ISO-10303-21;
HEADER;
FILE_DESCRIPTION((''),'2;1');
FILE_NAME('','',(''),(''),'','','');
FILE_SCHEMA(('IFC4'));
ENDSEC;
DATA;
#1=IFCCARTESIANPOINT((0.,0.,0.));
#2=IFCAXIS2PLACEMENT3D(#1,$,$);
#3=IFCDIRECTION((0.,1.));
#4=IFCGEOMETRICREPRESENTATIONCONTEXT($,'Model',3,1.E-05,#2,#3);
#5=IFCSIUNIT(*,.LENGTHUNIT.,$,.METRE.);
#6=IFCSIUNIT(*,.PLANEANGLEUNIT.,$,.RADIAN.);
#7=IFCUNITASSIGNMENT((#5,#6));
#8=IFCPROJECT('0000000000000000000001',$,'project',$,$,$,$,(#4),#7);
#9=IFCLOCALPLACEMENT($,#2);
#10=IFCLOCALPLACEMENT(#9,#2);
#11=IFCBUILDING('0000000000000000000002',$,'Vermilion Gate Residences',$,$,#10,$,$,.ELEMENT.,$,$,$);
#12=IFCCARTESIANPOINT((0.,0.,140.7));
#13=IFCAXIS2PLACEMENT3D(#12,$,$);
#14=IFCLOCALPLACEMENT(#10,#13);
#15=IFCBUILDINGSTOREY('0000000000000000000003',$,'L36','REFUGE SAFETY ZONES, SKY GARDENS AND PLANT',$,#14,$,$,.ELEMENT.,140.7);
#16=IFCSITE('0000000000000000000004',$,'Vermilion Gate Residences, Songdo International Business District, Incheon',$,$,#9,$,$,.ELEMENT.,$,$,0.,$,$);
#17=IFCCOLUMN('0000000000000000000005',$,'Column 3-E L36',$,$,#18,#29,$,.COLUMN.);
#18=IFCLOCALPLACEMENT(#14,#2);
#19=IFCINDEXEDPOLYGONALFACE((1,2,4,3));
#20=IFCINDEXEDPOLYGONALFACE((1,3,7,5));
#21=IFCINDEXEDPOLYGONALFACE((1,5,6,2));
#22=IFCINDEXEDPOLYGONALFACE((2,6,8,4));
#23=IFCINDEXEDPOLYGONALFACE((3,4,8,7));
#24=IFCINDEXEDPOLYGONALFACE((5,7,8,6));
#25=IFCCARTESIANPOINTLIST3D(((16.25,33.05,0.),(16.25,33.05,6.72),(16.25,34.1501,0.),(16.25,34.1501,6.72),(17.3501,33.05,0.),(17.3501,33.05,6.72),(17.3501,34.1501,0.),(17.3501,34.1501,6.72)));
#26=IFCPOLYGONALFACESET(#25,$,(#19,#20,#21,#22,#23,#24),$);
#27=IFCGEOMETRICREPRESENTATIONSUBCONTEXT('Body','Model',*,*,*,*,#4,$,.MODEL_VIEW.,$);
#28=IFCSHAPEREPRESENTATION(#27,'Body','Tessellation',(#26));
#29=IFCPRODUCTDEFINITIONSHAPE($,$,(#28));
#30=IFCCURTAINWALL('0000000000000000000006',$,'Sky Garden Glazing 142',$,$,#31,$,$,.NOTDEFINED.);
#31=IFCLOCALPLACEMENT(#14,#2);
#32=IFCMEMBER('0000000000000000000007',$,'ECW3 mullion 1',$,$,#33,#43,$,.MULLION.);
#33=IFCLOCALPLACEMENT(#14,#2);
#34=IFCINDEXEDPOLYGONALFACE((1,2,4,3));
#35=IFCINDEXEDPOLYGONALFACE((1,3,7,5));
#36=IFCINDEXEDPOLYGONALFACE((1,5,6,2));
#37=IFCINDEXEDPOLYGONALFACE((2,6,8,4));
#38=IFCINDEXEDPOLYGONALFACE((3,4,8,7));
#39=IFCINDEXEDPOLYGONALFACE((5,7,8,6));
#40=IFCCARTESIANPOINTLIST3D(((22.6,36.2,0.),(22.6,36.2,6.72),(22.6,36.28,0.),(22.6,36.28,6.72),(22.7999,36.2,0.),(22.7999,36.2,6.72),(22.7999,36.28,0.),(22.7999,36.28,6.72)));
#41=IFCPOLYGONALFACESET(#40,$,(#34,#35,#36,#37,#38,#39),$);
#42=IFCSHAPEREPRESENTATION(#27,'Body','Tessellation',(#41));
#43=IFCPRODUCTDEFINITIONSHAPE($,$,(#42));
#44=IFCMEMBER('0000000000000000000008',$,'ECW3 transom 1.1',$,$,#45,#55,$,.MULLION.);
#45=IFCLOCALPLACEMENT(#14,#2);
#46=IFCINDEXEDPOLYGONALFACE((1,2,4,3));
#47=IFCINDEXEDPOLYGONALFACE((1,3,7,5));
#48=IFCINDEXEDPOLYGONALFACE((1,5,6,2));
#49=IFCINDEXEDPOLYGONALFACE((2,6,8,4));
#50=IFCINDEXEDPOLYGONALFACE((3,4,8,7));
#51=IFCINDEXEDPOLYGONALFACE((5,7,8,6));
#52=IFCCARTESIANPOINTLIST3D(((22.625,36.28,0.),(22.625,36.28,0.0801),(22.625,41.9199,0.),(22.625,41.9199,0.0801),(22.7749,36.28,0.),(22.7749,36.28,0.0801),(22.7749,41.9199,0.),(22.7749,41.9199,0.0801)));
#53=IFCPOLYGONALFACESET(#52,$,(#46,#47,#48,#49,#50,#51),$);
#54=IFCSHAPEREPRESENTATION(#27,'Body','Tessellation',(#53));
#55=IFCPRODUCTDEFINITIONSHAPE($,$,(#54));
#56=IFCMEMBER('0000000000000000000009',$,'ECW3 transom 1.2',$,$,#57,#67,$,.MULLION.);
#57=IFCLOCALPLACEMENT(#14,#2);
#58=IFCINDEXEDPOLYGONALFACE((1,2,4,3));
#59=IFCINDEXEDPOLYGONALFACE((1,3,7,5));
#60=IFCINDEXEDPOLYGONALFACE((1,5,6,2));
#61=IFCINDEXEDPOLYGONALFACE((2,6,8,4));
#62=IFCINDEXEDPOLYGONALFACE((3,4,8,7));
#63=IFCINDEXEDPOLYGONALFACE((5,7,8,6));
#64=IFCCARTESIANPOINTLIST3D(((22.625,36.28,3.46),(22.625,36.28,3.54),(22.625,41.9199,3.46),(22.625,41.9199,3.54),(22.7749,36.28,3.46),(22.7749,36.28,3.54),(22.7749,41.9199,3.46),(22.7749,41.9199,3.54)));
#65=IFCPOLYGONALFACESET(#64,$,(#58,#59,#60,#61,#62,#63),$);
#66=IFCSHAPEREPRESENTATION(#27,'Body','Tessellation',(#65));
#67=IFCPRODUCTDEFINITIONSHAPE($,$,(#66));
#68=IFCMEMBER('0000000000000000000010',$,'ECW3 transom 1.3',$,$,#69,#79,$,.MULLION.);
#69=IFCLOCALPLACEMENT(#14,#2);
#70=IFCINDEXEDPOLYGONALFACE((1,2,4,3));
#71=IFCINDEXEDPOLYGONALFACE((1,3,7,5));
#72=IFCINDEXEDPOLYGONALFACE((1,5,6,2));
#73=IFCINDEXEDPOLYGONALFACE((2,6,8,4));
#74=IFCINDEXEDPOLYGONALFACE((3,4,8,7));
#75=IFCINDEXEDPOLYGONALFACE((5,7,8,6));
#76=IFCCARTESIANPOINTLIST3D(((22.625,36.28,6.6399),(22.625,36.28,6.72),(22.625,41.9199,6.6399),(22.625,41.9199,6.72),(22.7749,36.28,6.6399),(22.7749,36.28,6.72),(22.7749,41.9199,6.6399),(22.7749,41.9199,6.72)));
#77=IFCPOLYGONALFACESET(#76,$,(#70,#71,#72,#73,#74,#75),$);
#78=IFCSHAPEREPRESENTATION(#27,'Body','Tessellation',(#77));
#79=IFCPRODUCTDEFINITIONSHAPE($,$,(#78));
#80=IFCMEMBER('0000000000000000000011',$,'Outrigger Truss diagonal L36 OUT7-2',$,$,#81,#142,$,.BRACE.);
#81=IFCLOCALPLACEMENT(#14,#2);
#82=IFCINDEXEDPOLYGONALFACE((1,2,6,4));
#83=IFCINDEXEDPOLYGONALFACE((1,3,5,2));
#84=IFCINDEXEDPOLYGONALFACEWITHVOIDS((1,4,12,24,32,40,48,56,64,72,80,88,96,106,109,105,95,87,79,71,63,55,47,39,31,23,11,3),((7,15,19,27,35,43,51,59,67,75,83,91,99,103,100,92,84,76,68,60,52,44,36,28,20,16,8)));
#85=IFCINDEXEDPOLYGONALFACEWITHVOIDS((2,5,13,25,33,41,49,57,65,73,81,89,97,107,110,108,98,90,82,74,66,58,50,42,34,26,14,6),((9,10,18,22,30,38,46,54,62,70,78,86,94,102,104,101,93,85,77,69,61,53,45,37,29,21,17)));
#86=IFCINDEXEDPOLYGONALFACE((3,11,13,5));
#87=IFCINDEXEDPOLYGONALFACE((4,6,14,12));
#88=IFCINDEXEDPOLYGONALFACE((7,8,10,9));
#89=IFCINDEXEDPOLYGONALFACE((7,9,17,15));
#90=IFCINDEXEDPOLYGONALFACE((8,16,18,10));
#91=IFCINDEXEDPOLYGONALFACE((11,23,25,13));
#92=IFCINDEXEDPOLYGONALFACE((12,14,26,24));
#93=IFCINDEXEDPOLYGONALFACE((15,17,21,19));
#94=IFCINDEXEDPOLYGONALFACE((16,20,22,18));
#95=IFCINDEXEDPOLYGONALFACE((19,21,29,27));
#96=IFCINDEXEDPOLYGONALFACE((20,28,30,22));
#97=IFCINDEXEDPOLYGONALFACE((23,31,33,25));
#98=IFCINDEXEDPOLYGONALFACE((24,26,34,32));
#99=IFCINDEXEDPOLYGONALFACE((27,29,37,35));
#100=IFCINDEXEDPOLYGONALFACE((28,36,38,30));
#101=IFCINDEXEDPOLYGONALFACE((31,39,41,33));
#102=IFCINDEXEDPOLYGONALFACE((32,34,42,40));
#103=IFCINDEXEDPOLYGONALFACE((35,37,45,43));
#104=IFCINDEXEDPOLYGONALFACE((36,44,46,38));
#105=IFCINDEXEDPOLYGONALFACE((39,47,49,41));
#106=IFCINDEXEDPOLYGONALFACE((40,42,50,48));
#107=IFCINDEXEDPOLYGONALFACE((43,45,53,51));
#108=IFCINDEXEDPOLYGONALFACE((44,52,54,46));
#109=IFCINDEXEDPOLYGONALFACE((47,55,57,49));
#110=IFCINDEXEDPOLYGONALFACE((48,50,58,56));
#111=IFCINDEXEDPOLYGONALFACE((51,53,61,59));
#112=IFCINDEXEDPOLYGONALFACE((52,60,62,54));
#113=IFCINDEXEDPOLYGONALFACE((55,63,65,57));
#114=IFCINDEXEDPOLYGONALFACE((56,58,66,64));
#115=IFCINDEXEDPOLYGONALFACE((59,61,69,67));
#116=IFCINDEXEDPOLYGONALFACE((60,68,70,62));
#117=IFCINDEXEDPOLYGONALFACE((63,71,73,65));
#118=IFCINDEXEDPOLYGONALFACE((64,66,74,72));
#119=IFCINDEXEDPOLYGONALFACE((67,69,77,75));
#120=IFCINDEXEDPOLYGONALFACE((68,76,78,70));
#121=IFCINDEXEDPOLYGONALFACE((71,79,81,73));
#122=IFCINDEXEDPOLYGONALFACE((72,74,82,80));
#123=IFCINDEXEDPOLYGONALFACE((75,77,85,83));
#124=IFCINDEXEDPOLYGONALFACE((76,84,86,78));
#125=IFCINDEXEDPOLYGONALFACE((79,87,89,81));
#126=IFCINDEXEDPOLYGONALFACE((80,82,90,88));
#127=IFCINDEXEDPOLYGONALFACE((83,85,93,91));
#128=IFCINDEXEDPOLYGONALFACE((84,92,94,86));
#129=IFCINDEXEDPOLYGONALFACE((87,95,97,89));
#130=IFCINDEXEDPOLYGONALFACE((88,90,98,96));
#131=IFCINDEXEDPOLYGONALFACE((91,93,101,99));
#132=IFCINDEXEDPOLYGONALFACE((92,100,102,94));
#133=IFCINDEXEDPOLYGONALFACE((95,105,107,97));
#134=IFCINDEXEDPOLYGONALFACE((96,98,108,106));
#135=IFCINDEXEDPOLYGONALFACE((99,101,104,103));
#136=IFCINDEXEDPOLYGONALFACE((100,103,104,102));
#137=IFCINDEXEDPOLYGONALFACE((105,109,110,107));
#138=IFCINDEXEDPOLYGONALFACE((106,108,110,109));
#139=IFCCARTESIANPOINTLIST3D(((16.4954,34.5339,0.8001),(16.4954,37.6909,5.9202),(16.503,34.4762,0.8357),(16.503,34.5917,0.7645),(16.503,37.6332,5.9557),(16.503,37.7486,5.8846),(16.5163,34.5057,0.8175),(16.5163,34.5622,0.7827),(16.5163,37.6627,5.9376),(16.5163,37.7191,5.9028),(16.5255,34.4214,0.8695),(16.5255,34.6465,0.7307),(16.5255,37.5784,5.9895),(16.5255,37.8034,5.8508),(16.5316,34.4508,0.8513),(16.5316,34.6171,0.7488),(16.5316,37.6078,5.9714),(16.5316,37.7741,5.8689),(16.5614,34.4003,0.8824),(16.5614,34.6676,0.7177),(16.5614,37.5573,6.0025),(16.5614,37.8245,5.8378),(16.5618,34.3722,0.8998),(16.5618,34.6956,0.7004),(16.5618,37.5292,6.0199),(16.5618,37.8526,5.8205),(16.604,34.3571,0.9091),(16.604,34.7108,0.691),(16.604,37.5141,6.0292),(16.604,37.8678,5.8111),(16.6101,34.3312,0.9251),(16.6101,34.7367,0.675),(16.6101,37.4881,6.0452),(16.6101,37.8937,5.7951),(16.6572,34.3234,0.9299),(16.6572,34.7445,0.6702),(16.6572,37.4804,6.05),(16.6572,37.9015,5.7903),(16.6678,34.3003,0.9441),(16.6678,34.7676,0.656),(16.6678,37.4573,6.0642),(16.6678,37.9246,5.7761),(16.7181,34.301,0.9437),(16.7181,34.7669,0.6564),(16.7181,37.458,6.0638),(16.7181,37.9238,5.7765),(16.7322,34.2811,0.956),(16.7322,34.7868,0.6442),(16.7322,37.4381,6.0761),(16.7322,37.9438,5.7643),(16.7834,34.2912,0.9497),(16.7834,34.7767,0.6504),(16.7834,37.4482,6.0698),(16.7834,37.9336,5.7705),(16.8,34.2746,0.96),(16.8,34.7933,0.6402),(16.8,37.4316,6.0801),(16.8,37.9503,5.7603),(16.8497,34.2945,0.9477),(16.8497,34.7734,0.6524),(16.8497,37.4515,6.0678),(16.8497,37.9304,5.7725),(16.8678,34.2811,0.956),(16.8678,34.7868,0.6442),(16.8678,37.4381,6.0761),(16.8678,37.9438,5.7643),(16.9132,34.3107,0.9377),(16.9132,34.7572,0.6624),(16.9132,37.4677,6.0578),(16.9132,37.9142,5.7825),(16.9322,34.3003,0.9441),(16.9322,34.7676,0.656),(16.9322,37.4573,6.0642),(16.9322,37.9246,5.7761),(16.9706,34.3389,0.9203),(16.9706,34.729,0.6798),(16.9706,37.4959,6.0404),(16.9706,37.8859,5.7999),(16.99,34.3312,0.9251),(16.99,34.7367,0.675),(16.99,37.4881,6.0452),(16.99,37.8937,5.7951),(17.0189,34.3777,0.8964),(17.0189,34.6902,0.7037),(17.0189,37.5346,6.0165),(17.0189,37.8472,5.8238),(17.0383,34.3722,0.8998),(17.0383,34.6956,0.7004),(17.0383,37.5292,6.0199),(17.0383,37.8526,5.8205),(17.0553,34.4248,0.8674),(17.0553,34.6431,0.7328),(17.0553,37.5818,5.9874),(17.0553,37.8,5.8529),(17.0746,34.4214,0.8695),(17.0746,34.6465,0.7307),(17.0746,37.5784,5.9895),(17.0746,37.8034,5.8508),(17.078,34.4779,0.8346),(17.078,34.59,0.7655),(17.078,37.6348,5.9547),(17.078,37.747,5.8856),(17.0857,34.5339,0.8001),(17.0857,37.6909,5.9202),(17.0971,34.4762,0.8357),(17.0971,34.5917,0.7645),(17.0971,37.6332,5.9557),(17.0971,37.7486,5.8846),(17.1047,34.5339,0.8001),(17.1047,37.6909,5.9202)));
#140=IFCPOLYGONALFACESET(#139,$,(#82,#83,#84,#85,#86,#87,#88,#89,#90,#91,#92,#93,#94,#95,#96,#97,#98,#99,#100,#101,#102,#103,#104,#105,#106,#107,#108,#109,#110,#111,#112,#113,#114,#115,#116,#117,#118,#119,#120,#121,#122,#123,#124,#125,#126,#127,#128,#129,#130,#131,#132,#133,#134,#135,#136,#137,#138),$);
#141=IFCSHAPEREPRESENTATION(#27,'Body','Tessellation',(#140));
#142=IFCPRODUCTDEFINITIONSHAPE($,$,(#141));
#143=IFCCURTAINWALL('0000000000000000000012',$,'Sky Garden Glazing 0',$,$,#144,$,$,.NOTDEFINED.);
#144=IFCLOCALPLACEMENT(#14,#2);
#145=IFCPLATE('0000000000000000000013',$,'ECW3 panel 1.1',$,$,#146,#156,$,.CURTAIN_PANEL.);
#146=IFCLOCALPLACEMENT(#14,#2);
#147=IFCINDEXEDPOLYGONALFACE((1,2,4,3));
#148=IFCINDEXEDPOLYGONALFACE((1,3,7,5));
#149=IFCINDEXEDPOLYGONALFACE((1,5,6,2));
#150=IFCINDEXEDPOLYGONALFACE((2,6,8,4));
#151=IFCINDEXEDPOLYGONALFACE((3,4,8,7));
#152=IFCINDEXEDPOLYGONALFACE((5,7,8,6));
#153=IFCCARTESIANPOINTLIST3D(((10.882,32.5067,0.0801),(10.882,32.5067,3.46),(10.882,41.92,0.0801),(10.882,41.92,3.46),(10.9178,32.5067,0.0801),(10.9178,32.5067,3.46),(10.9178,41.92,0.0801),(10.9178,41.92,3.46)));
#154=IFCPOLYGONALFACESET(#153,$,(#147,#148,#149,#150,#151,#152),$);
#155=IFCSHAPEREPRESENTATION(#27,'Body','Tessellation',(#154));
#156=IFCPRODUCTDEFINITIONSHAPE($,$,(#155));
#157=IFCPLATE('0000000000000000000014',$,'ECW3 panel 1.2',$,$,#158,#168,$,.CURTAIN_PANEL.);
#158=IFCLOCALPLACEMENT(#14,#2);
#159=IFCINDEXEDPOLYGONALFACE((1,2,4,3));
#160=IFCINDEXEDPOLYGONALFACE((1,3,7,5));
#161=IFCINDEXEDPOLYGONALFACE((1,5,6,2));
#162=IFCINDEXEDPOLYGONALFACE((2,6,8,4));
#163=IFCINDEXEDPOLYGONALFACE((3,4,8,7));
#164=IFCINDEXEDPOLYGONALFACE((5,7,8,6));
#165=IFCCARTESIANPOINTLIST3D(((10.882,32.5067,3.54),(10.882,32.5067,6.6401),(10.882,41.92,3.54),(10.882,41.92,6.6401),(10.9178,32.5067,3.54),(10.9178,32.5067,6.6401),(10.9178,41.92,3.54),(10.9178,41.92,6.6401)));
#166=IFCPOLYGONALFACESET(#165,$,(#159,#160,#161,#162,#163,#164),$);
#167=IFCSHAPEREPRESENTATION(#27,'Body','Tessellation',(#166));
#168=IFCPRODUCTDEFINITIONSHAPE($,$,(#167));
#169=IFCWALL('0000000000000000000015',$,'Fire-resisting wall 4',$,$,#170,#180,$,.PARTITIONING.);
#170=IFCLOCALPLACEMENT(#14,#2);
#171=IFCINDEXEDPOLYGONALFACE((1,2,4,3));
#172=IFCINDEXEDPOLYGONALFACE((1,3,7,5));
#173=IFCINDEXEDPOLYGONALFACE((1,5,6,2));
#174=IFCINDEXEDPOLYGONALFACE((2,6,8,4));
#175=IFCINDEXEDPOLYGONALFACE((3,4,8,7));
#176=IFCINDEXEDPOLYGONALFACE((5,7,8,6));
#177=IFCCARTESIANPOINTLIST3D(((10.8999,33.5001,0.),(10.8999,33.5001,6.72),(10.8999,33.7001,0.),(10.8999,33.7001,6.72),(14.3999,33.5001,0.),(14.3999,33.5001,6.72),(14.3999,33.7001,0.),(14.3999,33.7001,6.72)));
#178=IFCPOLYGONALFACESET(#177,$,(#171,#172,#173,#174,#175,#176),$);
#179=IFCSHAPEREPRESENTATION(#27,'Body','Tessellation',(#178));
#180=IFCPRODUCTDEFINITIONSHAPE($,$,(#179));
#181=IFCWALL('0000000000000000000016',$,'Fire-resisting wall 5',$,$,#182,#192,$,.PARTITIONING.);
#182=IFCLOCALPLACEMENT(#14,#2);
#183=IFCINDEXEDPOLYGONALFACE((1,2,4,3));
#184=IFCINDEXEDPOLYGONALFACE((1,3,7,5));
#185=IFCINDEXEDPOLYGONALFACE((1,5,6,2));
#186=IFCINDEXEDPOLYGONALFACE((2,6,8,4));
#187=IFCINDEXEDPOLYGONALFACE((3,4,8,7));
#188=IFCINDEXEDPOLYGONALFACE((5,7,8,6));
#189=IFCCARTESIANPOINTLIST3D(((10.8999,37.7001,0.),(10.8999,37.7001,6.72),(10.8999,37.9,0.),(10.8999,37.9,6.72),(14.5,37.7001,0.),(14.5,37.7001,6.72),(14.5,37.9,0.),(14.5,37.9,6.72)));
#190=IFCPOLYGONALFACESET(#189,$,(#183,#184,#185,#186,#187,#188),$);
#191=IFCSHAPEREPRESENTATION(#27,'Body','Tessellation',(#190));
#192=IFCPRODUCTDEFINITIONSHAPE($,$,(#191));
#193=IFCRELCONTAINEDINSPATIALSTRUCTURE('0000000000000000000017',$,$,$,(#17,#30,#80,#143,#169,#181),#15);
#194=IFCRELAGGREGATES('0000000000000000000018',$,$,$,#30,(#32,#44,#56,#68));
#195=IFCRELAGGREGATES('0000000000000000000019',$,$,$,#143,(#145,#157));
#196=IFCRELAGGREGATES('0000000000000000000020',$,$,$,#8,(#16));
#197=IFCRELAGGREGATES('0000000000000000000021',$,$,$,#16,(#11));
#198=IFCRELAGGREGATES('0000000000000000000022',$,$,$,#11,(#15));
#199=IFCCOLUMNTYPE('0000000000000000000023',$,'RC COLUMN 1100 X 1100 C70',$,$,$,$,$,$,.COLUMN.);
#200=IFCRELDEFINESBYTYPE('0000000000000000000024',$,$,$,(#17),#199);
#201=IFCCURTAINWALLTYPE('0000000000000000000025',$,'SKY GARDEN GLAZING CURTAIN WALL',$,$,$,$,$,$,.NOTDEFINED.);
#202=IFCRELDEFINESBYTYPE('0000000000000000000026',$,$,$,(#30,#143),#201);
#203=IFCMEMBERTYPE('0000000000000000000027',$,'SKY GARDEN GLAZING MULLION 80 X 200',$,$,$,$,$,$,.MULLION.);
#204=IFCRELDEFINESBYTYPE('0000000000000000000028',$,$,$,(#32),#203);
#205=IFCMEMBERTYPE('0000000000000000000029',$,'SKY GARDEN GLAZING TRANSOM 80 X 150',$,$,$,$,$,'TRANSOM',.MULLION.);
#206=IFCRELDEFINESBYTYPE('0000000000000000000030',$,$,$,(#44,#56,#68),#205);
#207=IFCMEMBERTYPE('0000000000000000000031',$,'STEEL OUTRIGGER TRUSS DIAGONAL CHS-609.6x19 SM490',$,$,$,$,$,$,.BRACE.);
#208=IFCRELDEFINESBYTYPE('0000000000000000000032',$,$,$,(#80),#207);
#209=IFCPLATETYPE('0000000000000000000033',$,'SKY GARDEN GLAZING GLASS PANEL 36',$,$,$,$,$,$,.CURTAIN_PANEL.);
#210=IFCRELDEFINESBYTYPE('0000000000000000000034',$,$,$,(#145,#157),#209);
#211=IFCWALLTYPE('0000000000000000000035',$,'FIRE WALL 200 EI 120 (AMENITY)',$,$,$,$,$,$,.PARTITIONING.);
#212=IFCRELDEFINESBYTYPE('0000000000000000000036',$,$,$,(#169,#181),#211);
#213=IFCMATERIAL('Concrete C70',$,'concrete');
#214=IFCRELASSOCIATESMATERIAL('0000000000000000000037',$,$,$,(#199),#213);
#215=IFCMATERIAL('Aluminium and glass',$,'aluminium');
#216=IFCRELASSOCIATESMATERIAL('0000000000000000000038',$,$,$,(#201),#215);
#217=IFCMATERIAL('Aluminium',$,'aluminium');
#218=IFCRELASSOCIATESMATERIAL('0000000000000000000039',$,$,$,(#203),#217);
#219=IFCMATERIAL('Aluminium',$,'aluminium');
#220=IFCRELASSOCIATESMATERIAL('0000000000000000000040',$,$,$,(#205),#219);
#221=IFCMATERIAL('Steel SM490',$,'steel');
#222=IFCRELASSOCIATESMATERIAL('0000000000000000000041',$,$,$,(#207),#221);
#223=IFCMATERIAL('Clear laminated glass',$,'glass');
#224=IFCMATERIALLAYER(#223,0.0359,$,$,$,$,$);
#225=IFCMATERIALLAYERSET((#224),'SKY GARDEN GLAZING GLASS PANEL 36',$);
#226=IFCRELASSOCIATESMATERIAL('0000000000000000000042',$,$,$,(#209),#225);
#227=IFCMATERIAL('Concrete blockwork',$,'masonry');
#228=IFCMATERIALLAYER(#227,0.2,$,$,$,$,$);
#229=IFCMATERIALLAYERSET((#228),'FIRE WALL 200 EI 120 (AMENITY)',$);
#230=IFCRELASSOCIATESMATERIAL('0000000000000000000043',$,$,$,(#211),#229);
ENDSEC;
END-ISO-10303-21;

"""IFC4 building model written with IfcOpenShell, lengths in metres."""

from ifc_helpers import new_model, si_unit, direction, frame, frame_2d, origin, origin_2d, place, context, subcontext, project, spatial, rectangle, hollow_circle, extrude, material, layer, layer_set, material_profile, profile_set, type_object, element, aggregate, save


model = new_model("IFC4")

# Units and contexts
model_context = context("Model", 3, precision=1e-05, world=origin(), true_north=direction((0.0, 1.0)))
body_context = subcontext(model_context, "Body", "Model", "MODEL_VIEW")
ifc_project = project(units=[si_unit("LENGTHUNIT", "METRE"), si_unit("PLANEANGLEUNIT", "RADIAN")], contexts=[model_context])

# Site, building, storey
site_placement = place(None, origin())
site = spatial("IfcSite", under=ifc_project, at=site_placement, Name="Vermilion Gate Residences, Songdo International Business District, Incheon", CompositionType="ELEMENT", RefElevation=0.0)
building_placement = place(site_placement, origin())
building = spatial("IfcBuilding", under=site, at=building_placement, Name="Vermilion Gate Residences", CompositionType="ELEMENT")
storey_placement = place(building_placement, frame((0.0, 0.0, 140.7)))
storey = spatial("IfcBuildingStorey", under=building, at=storey_placement, Name="L36", Description="REFUGE SAFETY ZONES, SKY GARDENS AND PLANT", CompositionType="ELEMENT", Elevation=140.7)

# Column
ifc_material_1 = material(Name="Concrete C70", Category="concrete")
ifc_material_profile_1 = material_profile(ifc_material_1, rectangle(XDim=1.1001, YDim=1.1001, at=origin_2d()), Name="RC-1100x1100")
ifc_profile_set_1 = profile_set([ifc_material_profile_1], Name="Concrete C70")
column_type = type_object("IfcColumnType", Name="RC COLUMN 1100 X 1100 C70", PredefinedType="COLUMN", material=ifc_profile_set_1)
column_placement = place(storey_placement, frame((16.8, 33.6001, 0.0), z_axis=(0.0, 0.0, 1.0), x_axis=(1.0, 0.0, 0.0)))
element("IfcColumn", 1, at=column_placement, inside=storey, type_object=column_type, Name="Column 3-E L36", PredefinedType="COLUMN", context=body_context, shape_type="SweptSolid", body=[
    extrude(rectangle(XDim=1.1001, YDim=1.1001, at=origin_2d()), origin(), (0.0, 0.0, 1.0), 6.72),
])

# Curtain wall, members
ifc_material_2 = material(Name="Aluminium and glass", Category="aluminium")
curtain_wall_type = type_object("IfcCurtainWallType", Name="SKY GARDEN GLAZING CURTAIN WALL", PredefinedType="NOTDEFINED", material=ifc_material_2)
curtain_wall_1_placement = place(storey_placement, origin())
curtain_wall_1 = element("IfcCurtainWall", 2, at=curtain_wall_1_placement, inside=storey, type_object=curtain_wall_type, Name="Sky Garden Glazing 142", PredefinedType="NOTDEFINED")
ifc_material_3 = material(Name="Aluminium", Category="aluminium")
ifc_material_profile_2 = material_profile(ifc_material_3, rectangle(XDim=0.2, YDim=0.0801, at=origin_2d()), Name="MULLION 80 X 200")
ifc_profile_set_2 = profile_set([ifc_material_profile_2], Name="Aluminium")
member_type_1 = type_object("IfcMemberType", Name="SKY GARDEN GLAZING MULLION 80 X 200", PredefinedType="MULLION", material=ifc_profile_set_2)
member_1_placement = place(storey_placement, frame((22.7, 36.24, 0.0), z_axis=(0.0, 0.0, 1.0), x_axis=(-1.0, 0.0, 0.0)))
member_1 = element("IfcMember", 3, at=member_1_placement, type_object=member_type_1, Name="ECW3 mullion 1", PredefinedType="MULLION", context=body_context, shape_type="SweptSolid", body=[
    extrude(rectangle(XDim=0.2, YDim=0.0801, at=origin_2d()), origin(), (0.0, 0.0, 1.0), 6.72),
])
ifc_material_4 = material(Name="Aluminium", Category="aluminium")
ifc_material_profile_3 = material_profile(ifc_material_4, rectangle(XDim=0.1499, YDim=0.0801, at=origin_2d()), Name="TRANSOM 80 X 150")
ifc_profile_set_3 = profile_set([ifc_material_profile_3], Name="Aluminium")
member_type_2 = type_object("IfcMemberType", Name="SKY GARDEN GLAZING TRANSOM 80 X 150", ElementType="TRANSOM", PredefinedType="MULLION", material=ifc_profile_set_3)
member_2_placement = place(storey_placement, frame((22.7, 36.28, 0.04), z_axis=(0.0, 1.0, 0.0), x_axis=(-1.0, 0.0, 0.0)))
member_2 = element("IfcMember", 4, at=member_2_placement, type_object=member_type_2, Name="ECW3 transom 1.1", PredefinedType="MULLION", context=body_context, shape_type="SweptSolid", body=[
    extrude(rectangle(XDim=0.1499, YDim=0.0801, at=origin_2d()), origin(), (0.0, 0.0, 1.0), 5.6399),
])
member_3_placement = place(storey_placement, frame((22.7, 36.28, 3.5), z_axis=(0.0, 1.0, 0.0), x_axis=(-1.0, 0.0, 0.0)))
member_3 = element("IfcMember", 5, at=member_3_placement, type_object=member_type_2, Name="ECW3 transom 1.2", PredefinedType="MULLION", context=body_context, shape_type="SweptSolid", body=[
    extrude(rectangle(XDim=0.1499, YDim=0.0801, at=origin_2d()), origin(), (0.0, 0.0, 1.0), 5.6399),
])
member_4_placement = place(storey_placement, frame((22.7, 36.28, 6.6799), z_axis=(0.0, 1.0, 0.0), x_axis=(-1.0, 0.0, 0.0)))
member_4 = element("IfcMember", 6, at=member_4_placement, type_object=member_type_2, Name="ECW3 transom 1.3", PredefinedType="MULLION", context=body_context, shape_type="SweptSolid", body=[
    extrude(rectangle(XDim=0.1499, YDim=0.0801, at=origin_2d()), origin(), (0.0, 0.0, 1.0), 5.6399),
])
aggregate(curtain_wall_1, [member_1, member_2, member_3, member_4])

# Member
ifc_material_5 = material(Name="Steel SM490", Category="steel")
ifc_material_profile_4 = material_profile(ifc_material_5, hollow_circle(Radius=0.3047, WallThickness=0.019, at=origin_2d()), Name="CHS-609.6x19")
ifc_profile_set_4 = profile_set([ifc_material_profile_4], Name="Steel SM490")
member_type_3 = type_object("IfcMemberType", Name="STEEL OUTRIGGER TRUSS DIAGONAL CHS-609.6x19 SM490", PredefinedType="BRACE", material=ifc_profile_set_4)
member_5_placement = place(storey_placement, frame((16.8, 37.6909, 5.9202), z_axis=(0.0, -0.524838, -0.851202), x_axis=(1.0, 0.0, 0.0)))
element("IfcMember", 7, at=member_5_placement, inside=storey, type_object=member_type_3, Name="Outrigger Truss diagonal L36 OUT7-2", PredefinedType="BRACE", context=body_context, shape_type="SweptSolid", body=[
    extrude(hollow_circle(Radius=0.3047, WallThickness=0.019, at=origin_2d()), origin(), (0.0, 0.0, 1.0), 6.0151),
])

# Curtain wall, plates
curtain_wall_2_placement = place(storey_placement, origin())
curtain_wall_2 = element("IfcCurtainWall", 8, at=curtain_wall_2_placement, inside=storey, type_object=curtain_wall_type, Name="Sky Garden Glazing 0", PredefinedType="NOTDEFINED")
ifc_material_6 = material(Name="Clear laminated glass", Category="glass")
ifc_layer_1 = layer(ifc_material_6, 0.0359)
ifc_layer_set_1 = layer_set([ifc_layer_1], Name="SKY GARDEN GLAZING GLASS PANEL 36")
plate_type = type_object("IfcPlateType", Name="SKY GARDEN GLAZING GLASS PANEL 36", PredefinedType="CURTAIN_PANEL", material=ifc_layer_set_1)
plate_1_placement = place(storey_placement, frame((10.8999, 37.2134, 0.0801), z_axis=(0.0, 0.0, 1.0), x_axis=(0.0, -1.0, 0.0)))
plate_1 = element("IfcPlate", 9, at=plate_1_placement, type_object=plate_type, Name="ECW3 panel 1.1", PredefinedType="CURTAIN_PANEL", context=body_context, shape_type="SweptSolid", body=[
    extrude(rectangle(XDim=9.4133, YDim=0.0359, at=origin_2d()), origin(), (0.0, 0.0, 1.0), 3.3799),
])
plate_2_placement = place(storey_placement, frame((10.8999, 37.2134, 3.54), z_axis=(0.0, 0.0, 1.0), x_axis=(0.0, -1.0, 0.0)))
plate_2 = element("IfcPlate", 10, at=plate_2_placement, type_object=plate_type, Name="ECW3 panel 1.2", PredefinedType="CURTAIN_PANEL", context=body_context, shape_type="SweptSolid", body=[
    extrude(rectangle(XDim=9.4133, YDim=0.0359, at=origin_2d()), origin(), (0.0, 0.0, 1.0), 3.1001),
])
aggregate(curtain_wall_2, [plate_1, plate_2])

# Walls
ifc_material_7 = material(Name="Concrete blockwork", Category="masonry")
ifc_layer_2 = layer(ifc_material_7, 0.2)
ifc_layer_set_2 = layer_set([ifc_layer_2], Name="FIRE WALL 200 EI 120 (AMENITY)")
wall_type_1 = type_object("IfcWallType", Name="FIRE WALL 200 EI 120 (AMENITY)", PredefinedType="PARTITIONING", material=ifc_layer_set_2)
wall_1_placement = place(storey_placement, frame((10.8999, 33.6001, 0.0), z_axis=(0.0, 0.0, 1.0), x_axis=(1.0, 0.0, 0.0)))
element("IfcWall", 11, at=wall_1_placement, inside=storey, type_object=wall_type_1, Name="Fire-resisting wall 4", PredefinedType="PARTITIONING", context=body_context, shape_type="SweptSolid", body=[
    extrude(rectangle(XDim=3.5, YDim=0.2, at=frame_2d((1.75, 0.0))), origin(), (0.0, 0.0, 1.0), 6.72),
])
wall_2_placement = place(storey_placement, frame((10.8999, 37.8, 0.0), z_axis=(0.0, 0.0, 1.0), x_axis=(1.0, 0.0, 0.0)))
element("IfcWall", 12, at=wall_2_placement, inside=storey, type_object=wall_type_1, Name="Fire-resisting wall 5", PredefinedType="PARTITIONING", context=body_context, shape_type="SweptSolid", body=[
    extrude(rectangle(XDim=3.6001, YDim=0.2, at=frame_2d((1.8, 0.0))), origin(), (0.0, 0.0, 1.0), 6.72),
])

save(model, "model.ifc")
